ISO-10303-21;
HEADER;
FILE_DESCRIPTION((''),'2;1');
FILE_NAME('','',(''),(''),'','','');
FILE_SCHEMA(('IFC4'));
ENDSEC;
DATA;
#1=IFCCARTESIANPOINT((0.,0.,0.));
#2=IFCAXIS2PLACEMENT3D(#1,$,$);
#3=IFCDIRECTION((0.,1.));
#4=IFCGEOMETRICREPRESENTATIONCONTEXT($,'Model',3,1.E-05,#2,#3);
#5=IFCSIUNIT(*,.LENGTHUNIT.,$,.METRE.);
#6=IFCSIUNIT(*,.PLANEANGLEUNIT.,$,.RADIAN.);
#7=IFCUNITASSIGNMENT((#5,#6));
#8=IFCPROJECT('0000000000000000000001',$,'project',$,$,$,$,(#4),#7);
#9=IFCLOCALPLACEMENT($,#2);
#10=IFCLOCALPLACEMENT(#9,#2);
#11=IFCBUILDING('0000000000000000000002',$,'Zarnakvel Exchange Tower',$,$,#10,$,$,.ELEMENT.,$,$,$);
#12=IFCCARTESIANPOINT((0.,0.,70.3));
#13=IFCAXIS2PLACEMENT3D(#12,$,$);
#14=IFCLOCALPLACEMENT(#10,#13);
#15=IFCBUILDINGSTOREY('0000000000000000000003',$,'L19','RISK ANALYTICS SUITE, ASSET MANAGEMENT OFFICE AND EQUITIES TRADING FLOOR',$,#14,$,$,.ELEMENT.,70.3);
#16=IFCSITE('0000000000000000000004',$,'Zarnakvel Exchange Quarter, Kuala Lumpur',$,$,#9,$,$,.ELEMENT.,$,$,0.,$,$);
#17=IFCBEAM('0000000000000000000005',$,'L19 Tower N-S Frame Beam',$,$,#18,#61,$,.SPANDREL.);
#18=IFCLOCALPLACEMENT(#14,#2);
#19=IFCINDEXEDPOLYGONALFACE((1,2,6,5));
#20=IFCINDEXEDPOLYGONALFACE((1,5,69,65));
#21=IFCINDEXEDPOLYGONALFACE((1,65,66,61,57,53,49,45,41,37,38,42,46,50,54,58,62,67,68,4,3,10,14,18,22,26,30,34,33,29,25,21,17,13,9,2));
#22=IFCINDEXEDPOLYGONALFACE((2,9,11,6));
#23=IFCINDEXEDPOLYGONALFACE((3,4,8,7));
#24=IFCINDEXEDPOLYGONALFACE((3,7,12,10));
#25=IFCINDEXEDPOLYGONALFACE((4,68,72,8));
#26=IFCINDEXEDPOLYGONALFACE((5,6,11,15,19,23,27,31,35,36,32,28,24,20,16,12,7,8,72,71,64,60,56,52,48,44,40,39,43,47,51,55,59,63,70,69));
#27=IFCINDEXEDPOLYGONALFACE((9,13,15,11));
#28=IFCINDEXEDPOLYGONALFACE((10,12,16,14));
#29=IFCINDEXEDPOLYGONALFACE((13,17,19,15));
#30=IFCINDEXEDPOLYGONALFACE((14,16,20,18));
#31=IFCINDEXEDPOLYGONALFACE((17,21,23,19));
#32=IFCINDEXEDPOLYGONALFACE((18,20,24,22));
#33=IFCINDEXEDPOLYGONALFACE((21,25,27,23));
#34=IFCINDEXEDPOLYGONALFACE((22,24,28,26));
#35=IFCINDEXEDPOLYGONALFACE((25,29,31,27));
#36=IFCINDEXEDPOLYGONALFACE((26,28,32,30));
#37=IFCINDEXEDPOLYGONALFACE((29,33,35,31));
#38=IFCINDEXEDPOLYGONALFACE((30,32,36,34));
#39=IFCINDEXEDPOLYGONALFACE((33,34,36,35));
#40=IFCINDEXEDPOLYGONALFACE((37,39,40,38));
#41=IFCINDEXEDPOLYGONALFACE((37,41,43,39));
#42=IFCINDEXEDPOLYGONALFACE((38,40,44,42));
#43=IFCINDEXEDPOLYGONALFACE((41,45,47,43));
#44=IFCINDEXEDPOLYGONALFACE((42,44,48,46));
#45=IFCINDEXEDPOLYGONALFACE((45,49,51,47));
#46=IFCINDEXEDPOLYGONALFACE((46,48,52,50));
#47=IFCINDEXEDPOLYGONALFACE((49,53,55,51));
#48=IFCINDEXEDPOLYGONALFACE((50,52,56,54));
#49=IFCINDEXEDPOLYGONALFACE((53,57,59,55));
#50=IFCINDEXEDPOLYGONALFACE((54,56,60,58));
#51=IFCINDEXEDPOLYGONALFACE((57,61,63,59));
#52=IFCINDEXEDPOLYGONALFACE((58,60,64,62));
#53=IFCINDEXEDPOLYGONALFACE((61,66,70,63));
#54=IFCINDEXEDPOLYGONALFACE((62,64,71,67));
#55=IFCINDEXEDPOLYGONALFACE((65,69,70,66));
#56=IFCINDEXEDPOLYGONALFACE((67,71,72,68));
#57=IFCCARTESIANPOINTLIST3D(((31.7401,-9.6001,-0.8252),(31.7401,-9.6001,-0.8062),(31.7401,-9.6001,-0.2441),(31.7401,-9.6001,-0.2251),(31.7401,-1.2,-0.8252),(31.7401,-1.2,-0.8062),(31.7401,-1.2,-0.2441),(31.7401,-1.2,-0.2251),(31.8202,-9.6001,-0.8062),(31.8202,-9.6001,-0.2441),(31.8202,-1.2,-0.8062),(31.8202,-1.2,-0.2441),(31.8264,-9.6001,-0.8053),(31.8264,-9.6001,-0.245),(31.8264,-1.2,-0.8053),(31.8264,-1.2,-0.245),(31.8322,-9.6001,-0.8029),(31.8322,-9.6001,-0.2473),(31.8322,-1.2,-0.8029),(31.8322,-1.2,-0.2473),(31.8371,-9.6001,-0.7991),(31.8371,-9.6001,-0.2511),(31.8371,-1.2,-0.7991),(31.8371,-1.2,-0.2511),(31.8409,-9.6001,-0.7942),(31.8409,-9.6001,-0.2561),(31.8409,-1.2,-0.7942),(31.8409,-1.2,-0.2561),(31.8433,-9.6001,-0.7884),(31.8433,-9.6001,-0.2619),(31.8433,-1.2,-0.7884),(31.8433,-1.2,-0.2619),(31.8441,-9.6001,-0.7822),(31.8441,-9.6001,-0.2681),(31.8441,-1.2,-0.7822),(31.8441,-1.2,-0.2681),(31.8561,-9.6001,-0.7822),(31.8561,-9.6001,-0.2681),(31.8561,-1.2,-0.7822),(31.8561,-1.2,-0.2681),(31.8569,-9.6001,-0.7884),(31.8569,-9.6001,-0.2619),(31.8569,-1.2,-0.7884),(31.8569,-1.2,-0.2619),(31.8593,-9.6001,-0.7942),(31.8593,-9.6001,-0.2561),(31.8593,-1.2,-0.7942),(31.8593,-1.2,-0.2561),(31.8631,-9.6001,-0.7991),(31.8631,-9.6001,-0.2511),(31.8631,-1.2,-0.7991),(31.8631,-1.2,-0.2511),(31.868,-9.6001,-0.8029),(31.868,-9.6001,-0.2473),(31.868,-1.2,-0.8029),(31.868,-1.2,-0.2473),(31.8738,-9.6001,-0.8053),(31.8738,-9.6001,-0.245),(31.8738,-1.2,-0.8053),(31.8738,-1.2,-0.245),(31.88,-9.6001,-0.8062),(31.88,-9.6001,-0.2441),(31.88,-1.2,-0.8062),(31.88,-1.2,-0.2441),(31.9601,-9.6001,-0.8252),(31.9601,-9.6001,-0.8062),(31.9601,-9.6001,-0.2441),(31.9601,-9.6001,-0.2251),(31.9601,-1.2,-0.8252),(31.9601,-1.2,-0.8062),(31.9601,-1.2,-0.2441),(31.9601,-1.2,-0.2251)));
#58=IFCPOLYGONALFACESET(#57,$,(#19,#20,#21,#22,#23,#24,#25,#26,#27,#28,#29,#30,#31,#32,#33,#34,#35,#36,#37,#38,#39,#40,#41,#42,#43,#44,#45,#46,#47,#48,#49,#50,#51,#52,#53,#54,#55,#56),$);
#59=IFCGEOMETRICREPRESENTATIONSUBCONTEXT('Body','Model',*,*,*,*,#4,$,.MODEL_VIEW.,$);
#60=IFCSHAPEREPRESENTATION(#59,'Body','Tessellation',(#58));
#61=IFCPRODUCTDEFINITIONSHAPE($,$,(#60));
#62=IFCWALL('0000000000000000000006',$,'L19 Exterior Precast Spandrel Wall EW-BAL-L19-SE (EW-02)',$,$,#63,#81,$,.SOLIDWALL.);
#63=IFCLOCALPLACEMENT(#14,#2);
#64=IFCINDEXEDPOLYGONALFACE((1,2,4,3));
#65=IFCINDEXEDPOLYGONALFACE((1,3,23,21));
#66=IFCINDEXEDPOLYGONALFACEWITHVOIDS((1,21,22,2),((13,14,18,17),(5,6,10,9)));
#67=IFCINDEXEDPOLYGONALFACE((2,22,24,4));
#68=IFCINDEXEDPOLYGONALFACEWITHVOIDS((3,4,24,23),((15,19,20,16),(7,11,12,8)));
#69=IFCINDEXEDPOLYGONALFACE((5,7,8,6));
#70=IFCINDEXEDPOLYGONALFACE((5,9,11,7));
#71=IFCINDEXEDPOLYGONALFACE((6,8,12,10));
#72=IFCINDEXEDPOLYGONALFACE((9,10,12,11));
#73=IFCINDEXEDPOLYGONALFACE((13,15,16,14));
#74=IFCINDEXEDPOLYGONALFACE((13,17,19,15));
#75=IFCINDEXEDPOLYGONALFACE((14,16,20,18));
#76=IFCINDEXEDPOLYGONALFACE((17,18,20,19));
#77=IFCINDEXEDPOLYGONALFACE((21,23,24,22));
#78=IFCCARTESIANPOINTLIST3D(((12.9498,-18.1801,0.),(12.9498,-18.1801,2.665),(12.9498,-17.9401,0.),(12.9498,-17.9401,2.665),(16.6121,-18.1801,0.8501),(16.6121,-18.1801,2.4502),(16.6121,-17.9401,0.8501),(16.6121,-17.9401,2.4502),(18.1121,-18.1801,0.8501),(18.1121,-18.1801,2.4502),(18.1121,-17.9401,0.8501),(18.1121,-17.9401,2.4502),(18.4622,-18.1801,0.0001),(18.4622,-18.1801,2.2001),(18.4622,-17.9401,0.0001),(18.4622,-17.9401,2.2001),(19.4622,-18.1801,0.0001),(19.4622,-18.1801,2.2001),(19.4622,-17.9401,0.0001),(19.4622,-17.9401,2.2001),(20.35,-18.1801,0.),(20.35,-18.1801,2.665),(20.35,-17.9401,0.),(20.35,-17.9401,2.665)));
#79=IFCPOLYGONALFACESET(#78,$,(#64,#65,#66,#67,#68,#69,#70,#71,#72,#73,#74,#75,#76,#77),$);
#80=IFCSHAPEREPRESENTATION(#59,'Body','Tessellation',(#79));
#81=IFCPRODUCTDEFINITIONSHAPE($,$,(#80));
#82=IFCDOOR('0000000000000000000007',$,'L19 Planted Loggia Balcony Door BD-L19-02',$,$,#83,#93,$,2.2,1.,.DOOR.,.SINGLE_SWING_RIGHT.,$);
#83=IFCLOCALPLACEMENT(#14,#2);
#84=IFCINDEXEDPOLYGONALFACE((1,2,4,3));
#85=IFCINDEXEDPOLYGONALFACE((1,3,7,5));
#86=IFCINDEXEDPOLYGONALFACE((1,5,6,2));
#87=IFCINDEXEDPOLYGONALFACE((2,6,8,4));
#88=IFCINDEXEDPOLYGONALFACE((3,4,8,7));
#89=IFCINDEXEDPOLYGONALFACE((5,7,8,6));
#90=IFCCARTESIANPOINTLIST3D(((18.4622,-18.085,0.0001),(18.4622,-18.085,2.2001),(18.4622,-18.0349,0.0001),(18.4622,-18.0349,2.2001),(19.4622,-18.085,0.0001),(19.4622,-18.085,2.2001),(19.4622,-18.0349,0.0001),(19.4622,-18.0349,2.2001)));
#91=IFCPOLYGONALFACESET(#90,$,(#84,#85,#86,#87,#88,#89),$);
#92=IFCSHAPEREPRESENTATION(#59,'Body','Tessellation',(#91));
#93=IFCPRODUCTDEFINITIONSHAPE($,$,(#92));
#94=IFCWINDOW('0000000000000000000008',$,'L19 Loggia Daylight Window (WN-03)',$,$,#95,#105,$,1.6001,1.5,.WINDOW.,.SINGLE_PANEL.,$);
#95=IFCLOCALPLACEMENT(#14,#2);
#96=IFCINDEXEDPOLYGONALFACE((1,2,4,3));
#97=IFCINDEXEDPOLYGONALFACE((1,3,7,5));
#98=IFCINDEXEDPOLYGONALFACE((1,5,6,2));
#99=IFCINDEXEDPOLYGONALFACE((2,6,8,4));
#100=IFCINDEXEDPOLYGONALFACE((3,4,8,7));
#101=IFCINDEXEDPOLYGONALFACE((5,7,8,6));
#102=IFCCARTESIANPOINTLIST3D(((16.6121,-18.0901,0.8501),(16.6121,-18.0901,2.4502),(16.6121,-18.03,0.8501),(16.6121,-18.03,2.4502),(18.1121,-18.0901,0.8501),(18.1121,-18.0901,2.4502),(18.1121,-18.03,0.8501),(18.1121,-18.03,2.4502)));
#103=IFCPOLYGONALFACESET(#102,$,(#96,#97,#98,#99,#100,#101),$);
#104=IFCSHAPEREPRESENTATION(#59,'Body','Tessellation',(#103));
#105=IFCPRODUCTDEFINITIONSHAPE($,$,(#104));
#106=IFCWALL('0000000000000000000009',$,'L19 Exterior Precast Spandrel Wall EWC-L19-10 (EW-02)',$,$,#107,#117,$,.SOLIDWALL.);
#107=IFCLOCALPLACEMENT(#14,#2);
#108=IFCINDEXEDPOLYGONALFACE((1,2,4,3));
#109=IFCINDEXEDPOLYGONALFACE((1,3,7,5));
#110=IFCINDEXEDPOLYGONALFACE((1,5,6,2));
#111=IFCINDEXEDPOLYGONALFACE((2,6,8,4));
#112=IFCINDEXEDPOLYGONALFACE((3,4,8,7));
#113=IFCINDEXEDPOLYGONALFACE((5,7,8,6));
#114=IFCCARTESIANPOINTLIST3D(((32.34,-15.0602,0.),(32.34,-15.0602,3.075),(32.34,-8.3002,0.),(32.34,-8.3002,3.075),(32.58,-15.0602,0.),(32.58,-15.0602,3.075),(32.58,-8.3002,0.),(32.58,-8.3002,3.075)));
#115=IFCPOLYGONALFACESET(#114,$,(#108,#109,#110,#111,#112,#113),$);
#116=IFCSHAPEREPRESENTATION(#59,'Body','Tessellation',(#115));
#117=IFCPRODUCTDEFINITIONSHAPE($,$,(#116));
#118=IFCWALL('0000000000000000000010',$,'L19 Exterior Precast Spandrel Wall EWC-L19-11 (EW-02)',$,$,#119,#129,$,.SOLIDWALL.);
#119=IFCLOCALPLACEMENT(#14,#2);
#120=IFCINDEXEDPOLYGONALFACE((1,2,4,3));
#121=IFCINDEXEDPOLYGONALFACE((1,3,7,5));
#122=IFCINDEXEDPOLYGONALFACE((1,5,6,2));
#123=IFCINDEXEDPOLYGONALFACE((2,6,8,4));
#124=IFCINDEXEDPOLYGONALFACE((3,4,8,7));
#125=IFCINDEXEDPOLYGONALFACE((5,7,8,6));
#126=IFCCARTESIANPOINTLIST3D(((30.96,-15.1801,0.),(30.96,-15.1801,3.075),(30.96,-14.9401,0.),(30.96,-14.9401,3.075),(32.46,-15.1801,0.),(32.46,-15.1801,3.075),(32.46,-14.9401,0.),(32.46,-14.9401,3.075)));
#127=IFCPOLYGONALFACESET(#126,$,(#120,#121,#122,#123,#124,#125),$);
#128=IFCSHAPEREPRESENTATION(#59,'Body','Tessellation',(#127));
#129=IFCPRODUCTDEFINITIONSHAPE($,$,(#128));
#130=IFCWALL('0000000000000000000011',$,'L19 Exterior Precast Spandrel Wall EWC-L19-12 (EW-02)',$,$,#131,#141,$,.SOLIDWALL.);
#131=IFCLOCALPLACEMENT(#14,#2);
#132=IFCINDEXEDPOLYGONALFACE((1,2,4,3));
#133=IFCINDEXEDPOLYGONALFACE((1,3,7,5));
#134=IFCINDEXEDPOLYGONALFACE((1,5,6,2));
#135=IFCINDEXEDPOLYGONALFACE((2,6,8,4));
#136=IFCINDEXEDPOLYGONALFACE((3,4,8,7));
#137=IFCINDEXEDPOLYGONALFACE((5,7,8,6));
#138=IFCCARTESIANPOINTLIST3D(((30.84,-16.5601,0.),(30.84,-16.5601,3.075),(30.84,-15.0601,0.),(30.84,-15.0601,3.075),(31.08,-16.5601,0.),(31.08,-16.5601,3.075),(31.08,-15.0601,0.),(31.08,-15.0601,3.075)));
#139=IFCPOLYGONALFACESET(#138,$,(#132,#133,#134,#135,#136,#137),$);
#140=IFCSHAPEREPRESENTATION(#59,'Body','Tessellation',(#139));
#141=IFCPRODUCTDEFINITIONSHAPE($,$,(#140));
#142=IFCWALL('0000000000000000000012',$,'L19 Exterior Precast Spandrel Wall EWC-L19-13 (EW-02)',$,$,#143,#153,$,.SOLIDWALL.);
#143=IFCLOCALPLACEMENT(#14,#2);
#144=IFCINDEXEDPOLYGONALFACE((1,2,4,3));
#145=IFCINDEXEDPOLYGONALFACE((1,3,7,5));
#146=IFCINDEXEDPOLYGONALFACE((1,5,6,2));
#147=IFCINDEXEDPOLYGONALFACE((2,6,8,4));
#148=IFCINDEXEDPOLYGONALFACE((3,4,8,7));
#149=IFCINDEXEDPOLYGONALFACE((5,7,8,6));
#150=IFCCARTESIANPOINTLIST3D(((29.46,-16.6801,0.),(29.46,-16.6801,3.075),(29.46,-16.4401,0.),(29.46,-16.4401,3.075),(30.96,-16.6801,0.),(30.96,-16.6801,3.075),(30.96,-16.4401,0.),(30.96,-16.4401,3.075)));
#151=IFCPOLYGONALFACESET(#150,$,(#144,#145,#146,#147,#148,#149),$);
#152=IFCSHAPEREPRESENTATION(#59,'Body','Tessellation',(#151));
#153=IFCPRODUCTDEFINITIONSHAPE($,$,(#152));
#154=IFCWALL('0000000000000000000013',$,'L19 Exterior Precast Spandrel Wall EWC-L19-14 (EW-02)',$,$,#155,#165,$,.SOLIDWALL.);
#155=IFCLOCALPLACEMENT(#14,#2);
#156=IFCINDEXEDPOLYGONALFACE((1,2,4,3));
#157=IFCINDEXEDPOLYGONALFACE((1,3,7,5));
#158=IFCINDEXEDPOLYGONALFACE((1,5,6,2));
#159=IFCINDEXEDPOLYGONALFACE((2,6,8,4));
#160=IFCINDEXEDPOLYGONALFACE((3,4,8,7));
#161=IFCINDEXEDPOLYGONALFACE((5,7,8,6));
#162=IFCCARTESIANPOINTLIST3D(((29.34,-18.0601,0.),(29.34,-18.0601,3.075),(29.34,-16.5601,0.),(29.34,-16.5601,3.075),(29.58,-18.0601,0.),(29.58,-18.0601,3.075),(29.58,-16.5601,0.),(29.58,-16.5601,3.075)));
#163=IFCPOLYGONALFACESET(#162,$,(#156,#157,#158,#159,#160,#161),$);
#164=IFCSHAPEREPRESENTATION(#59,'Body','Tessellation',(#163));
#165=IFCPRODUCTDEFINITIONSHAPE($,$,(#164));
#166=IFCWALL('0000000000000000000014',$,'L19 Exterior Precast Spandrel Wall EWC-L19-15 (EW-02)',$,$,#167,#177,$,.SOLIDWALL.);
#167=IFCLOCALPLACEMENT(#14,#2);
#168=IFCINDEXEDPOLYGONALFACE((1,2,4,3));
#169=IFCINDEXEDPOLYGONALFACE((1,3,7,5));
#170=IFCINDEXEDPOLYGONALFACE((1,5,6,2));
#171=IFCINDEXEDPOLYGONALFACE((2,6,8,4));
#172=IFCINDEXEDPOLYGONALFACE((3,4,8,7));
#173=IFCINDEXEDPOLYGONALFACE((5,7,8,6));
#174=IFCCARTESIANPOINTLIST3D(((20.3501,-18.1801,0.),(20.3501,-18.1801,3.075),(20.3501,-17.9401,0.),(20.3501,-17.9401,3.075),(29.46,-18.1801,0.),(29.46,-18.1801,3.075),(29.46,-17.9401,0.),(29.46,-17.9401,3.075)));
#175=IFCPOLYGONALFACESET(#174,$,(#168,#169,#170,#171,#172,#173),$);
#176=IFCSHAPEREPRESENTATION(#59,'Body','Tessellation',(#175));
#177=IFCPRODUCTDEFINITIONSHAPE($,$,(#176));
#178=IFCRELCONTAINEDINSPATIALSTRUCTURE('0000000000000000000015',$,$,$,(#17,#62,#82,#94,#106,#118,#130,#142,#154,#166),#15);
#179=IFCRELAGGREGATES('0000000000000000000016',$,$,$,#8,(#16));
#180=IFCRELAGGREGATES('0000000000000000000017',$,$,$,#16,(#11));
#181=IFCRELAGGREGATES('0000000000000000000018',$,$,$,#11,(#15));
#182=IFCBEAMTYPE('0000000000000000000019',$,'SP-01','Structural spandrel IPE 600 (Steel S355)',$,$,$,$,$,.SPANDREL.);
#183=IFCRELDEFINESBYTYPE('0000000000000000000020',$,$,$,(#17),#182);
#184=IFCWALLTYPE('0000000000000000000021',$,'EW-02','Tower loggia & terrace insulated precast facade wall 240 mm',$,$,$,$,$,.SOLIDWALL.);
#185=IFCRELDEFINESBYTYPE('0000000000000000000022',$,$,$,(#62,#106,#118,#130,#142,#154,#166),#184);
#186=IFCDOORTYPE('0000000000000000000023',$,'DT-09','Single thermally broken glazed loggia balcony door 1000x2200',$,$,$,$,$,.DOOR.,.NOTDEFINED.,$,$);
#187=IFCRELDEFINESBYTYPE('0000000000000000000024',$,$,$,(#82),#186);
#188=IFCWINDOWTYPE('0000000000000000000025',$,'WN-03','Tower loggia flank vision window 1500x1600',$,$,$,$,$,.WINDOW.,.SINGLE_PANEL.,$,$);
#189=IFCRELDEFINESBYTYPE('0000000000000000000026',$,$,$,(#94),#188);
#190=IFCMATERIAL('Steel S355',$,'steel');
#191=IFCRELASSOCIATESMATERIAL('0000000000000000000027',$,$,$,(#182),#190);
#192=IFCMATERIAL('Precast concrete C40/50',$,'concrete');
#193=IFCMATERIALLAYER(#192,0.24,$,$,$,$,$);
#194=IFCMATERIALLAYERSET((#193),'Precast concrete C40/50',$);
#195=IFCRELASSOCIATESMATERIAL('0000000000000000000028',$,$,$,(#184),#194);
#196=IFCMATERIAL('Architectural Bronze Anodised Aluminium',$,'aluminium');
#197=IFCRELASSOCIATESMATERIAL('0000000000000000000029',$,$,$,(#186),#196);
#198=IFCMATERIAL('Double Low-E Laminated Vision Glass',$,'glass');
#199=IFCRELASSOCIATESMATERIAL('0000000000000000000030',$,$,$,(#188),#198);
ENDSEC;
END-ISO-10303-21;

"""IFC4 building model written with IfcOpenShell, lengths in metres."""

from ifc_helpers import new_model, si_unit, direction, frame, frame_2d, origin, origin_2d, place, context, subcontext, project, spatial, rectangle, i_section, extrude, source, transform, mapped, material, layer, layer_set, material_profile, profile_set, type_object, element, fill, save


model = new_model("IFC4")

# Units and contexts
model_context = context("Model", 3, precision=1e-05, world=origin(), true_north=direction((0.0, 1.0)))
body_context = subcontext(model_context, "Body", "Model", "MODEL_VIEW")
ifc_project = project(units=[si_unit("LENGTHUNIT", "METRE"), si_unit("PLANEANGLEUNIT", "RADIAN")], contexts=[model_context])

# Site, building, storey
site_placement = place(None, origin())
site = spatial("IfcSite", under=ifc_project, at=site_placement, Name="Zarnakvel Exchange Quarter, Kuala Lumpur", CompositionType="ELEMENT", RefElevation=0.0)
building_placement = place(site_placement, origin())
building = spatial("IfcBuilding", under=site, at=building_placement, Name="Zarnakvel Exchange Tower", CompositionType="ELEMENT")
storey_placement = place(building_placement, frame((0.0, 0.0, 70.3)))
storey = spatial("IfcBuildingStorey", under=building, at=storey_placement, Name="L19", Description="RISK ANALYTICS SUITE, ASSET MANAGEMENT OFFICE AND EQUITIES TRADING FLOOR", CompositionType="ELEMENT", Elevation=70.3)

# Shared definitions
ifc_material_1 = material(Name="Steel S355", Category="steel")

# Beam
ifc_material_profile_1 = material_profile(ifc_material_1, i_section(OverallWidth=0.22, OverallDepth=0.6001, WebThickness=0.012, FlangeThickness=0.019, FilletRadius=0.0239, at=origin_2d()))
ifc_profile_set_1 = profile_set([ifc_material_profile_1], Name="Steel S355")
beam_type_1 = type_object("IfcBeamType", Name="SP-01", Description="Structural spandrel IPE 600 (Steel S355)", PredefinedType="SPANDREL", material=ifc_profile_set_1)
beam_1_placement = place(storey_placement, frame((31.8501, -9.6001, -0.5251), z_axis=(0.0, 1.0, 0.0), x_axis=(-1.0, 0.0, 0.0)))
element("IfcBeam", 1, at=beam_1_placement, inside=storey, type_object=beam_type_1, Name="L19 Tower N-S Frame Beam", PredefinedType="SPANDREL", context=body_context, shape_type="SweptSolid", body=[
    extrude(i_section(OverallWidth=0.22, OverallDepth=0.6001, WebThickness=0.012, FlangeThickness=0.019, FilletRadius=0.0239, at=origin_2d()), origin(), (0.0, 0.0, 1.0), 8.4001),
])

# Wall, openings, door, window
ifc_material_2 = material(Name="Precast concrete C40/50", Category="concrete")
ifc_layer_1 = layer(ifc_material_2, 0.24)
ifc_layer_set_1 = layer_set([ifc_layer_1], Name="Precast concrete C40/50")
wall_type_1 = type_object("IfcWallType", Name="EW-02", Description="Tower loggia & terrace insulated precast facade wall 240 mm", PredefinedType="SOLIDWALL", material=ifc_layer_set_1)
wall_1_placement = place(storey_placement, frame((20.3501, -18.0601, 0.0), z_axis=(0.0, 0.0, 1.0), x_axis=(-1.0, 0.0, 0.0)))
wall_1 = element("IfcWall", 2, at=wall_1_placement, inside=storey, type_object=wall_type_1, Name="L19 Exterior Precast Spandrel Wall EW-BAL-L19-SE (EW-02)", PredefinedType="SOLIDWALL", context=body_context, shape_type="SweptSolid", body=[
    extrude(rectangle(XDim=7.4001, YDim=0.24, at=frame_2d((3.7002, 0.0))), origin(), (0.0, 0.0, 1.0), 2.665),
])
opening_1_placement = place(wall_1_placement, frame((0.8879, 0.0, 0.0)))
opening_1 = element("IfcOpeningElement", 3, at=opening_1_placement, cuts=wall_1, PredefinedType="OPENING", context=body_context, shape_type="SweptSolid", body=[
    extrude(rectangle(XDim=1.0, YDim=2.2, at=frame_2d((0.5, 1.1001))), frame((0.0, 0.1299, 0.0), z_axis=(0.0, -1.0, 0.0), x_axis=(1.0, 0.0, 0.0)), (0.0, 0.0, 1.0), 0.26),
])
opening_2_placement = place(wall_1_placement, frame((2.238, 0.0, 0.8501)))
opening_2 = element("IfcOpeningElement", 4, at=opening_2_placement, cuts=wall_1, PredefinedType="OPENING", context=body_context, shape_type="SweptSolid", body=[
    extrude(rectangle(XDim=1.5, YDim=1.6001, at=frame_2d((0.75, 0.8))), frame((0.0, 0.1299, 0.0), z_axis=(0.0, -1.0, 0.0), x_axis=(1.0, 0.0, 0.0)), (0.0, 0.0, 1.0), 0.26),
])
ifc_material_3 = material(Name="Architectural Bronze Anodised Aluminium", Category="aluminium")
door_type_1 = type_object("IfcDoorType", Name="DT-09", Description="Single thermally broken glazed loggia balcony door 1000x2200", OperationType="NOTDEFINED", PredefinedType="DOOR", material=ifc_material_3)
shared_shape_1 = source(origin(), body_context, "Body", "SweptSolid", [
    extrude(rectangle(XDim=1.0, YDim=2.2, at=frame_2d((0.5, 1.1001))), frame((0.0, 0.0249, 0.0), z_axis=(0.0, -1.0, 0.0), x_axis=(1.0, 0.0, 0.0)), (0.0, 0.0, 1.0), 0.05),
])
door_1_placement = place(opening_1_placement, origin())
door_1 = element("IfcDoor", 5, at=door_1_placement, inside=storey, type_object=door_type_1, Name="L19 Planted Loggia Balcony Door BD-L19-02", OperationType="SINGLE_SWING_RIGHT", OverallHeight=2.2, OverallWidth=1.0, PredefinedType="DOOR", context=body_context, shape_type="MappedRepresentation", body=[
    mapped(shared_shape_1, transform((0.0, 0.0, 0.0), x_axis=(1.0, 0.0, 0.0), y_axis=(0.0, 1.0, 0.0), z_axis=(0.0, 0.0, 1.0), scale=1.0)),
])
fill(opening_1, door_1)
ifc_material_4 = material(Name="Double Low-E Laminated Vision Glass", Category="glass")
window_type = type_object("IfcWindowType", Name="WN-03", Description="Tower loggia flank vision window 1500x1600", PartitioningType="SINGLE_PANEL", PredefinedType="WINDOW", material=ifc_material_4)
shared_shape_2 = source(origin(), body_context, "Body", "SweptSolid", [
    extrude(rectangle(XDim=1.5, YDim=1.6001, at=frame_2d((0.75, 0.8))), frame((0.0, 0.03, 0.0), z_axis=(0.0, -1.0, 0.0), x_axis=(1.0, 0.0, 0.0)), (0.0, 0.0, 1.0), 0.0601),
])
window_placement = place(opening_2_placement, origin())
window = element("IfcWindow", 6, at=window_placement, inside=storey, type_object=window_type, Name="L19 Loggia Daylight Window (WN-03)", OverallHeight=1.6001, OverallWidth=1.5, PartitioningType="SINGLE_PANEL", PredefinedType="WINDOW", context=body_context, shape_type="MappedRepresentation", body=[
    mapped(shared_shape_2, transform((0.0, 0.0, 0.0), x_axis=(1.0, 0.0, 0.0), y_axis=(0.0, 1.0, 0.0), z_axis=(0.0, 0.0, 1.0), scale=1.0)),
])
fill(opening_2, window)

# Walls
wall_2_placement = place(storey_placement, frame((32.46, -15.0601, 0.0), z_axis=(0.0, 0.0, 1.0), x_axis=(0.0, 1.0, 0.0)))
element("IfcWall", 7, at=wall_2_placement, inside=storey, type_object=wall_type_1, Name="L19 Exterior Precast Spandrel Wall EWC-L19-10 (EW-02)", PredefinedType="SOLIDWALL", context=body_context, shape_type="SweptSolid", body=[
    extrude(rectangle(XDim=6.76, YDim=0.24, at=frame_2d((3.3799, 0.0))), origin(), (0.0, 0.0, 1.0), 3.075),
])
for number, where, z_axis, x_axis, name in (
    (8, (30.96, -15.0601, 0.0), (0.0, 0.0, 1.0), (1.0, 0.0, 0.0), "L19 Exterior Precast Spandrel Wall EWC-L19-11 (EW-02)"),
    (9, (30.96, -16.5601, 0.0), (0.0, 0.0, 1.0), (0.0, 1.0, 0.0), "L19 Exterior Precast Spandrel Wall EWC-L19-12 (EW-02)"),
    (10, (29.46, -16.5601, 0.0), (0.0, 0.0, 1.0), (1.0, 0.0, 0.0), "L19 Exterior Precast Spandrel Wall EWC-L19-13 (EW-02)"),
    (11, (29.46, -18.0601, 0.0), (0.0, 0.0, 1.0), (0.0, 1.0, 0.0), "L19 Exterior Precast Spandrel Wall EWC-L19-14 (EW-02)"),
):
    element("IfcWall", number, at=place(storey_placement, frame(where, z_axis=z_axis, x_axis=x_axis)), inside=storey, type_object=wall_type_1, Name=name, PredefinedType="SOLIDWALL", context=body_context, shape_type="SweptSolid", body=[
        extrude(rectangle(XDim=1.5, YDim=0.24, at=frame_2d((0.75, 0.0))), origin(), (0.0, 0.0, 1.0), 3.075),
    ])
wall_3_placement = place(storey_placement, frame((20.3501, -18.0601, 0.0), z_axis=(0.0, 0.0, 1.0), x_axis=(1.0, 0.0, 0.0)))
element("IfcWall", 12, at=wall_3_placement, inside=storey, type_object=wall_type_1, Name="L19 Exterior Precast Spandrel Wall EWC-L19-15 (EW-02)", PredefinedType="SOLIDWALL", context=body_context, shape_type="SweptSolid", body=[
    extrude(rectangle(XDim=9.1099, YDim=0.24, at=frame_2d((4.5549, 0.0))), origin(), (0.0, 0.0, 1.0), 3.075),
])

save(model, "model.ifc")
